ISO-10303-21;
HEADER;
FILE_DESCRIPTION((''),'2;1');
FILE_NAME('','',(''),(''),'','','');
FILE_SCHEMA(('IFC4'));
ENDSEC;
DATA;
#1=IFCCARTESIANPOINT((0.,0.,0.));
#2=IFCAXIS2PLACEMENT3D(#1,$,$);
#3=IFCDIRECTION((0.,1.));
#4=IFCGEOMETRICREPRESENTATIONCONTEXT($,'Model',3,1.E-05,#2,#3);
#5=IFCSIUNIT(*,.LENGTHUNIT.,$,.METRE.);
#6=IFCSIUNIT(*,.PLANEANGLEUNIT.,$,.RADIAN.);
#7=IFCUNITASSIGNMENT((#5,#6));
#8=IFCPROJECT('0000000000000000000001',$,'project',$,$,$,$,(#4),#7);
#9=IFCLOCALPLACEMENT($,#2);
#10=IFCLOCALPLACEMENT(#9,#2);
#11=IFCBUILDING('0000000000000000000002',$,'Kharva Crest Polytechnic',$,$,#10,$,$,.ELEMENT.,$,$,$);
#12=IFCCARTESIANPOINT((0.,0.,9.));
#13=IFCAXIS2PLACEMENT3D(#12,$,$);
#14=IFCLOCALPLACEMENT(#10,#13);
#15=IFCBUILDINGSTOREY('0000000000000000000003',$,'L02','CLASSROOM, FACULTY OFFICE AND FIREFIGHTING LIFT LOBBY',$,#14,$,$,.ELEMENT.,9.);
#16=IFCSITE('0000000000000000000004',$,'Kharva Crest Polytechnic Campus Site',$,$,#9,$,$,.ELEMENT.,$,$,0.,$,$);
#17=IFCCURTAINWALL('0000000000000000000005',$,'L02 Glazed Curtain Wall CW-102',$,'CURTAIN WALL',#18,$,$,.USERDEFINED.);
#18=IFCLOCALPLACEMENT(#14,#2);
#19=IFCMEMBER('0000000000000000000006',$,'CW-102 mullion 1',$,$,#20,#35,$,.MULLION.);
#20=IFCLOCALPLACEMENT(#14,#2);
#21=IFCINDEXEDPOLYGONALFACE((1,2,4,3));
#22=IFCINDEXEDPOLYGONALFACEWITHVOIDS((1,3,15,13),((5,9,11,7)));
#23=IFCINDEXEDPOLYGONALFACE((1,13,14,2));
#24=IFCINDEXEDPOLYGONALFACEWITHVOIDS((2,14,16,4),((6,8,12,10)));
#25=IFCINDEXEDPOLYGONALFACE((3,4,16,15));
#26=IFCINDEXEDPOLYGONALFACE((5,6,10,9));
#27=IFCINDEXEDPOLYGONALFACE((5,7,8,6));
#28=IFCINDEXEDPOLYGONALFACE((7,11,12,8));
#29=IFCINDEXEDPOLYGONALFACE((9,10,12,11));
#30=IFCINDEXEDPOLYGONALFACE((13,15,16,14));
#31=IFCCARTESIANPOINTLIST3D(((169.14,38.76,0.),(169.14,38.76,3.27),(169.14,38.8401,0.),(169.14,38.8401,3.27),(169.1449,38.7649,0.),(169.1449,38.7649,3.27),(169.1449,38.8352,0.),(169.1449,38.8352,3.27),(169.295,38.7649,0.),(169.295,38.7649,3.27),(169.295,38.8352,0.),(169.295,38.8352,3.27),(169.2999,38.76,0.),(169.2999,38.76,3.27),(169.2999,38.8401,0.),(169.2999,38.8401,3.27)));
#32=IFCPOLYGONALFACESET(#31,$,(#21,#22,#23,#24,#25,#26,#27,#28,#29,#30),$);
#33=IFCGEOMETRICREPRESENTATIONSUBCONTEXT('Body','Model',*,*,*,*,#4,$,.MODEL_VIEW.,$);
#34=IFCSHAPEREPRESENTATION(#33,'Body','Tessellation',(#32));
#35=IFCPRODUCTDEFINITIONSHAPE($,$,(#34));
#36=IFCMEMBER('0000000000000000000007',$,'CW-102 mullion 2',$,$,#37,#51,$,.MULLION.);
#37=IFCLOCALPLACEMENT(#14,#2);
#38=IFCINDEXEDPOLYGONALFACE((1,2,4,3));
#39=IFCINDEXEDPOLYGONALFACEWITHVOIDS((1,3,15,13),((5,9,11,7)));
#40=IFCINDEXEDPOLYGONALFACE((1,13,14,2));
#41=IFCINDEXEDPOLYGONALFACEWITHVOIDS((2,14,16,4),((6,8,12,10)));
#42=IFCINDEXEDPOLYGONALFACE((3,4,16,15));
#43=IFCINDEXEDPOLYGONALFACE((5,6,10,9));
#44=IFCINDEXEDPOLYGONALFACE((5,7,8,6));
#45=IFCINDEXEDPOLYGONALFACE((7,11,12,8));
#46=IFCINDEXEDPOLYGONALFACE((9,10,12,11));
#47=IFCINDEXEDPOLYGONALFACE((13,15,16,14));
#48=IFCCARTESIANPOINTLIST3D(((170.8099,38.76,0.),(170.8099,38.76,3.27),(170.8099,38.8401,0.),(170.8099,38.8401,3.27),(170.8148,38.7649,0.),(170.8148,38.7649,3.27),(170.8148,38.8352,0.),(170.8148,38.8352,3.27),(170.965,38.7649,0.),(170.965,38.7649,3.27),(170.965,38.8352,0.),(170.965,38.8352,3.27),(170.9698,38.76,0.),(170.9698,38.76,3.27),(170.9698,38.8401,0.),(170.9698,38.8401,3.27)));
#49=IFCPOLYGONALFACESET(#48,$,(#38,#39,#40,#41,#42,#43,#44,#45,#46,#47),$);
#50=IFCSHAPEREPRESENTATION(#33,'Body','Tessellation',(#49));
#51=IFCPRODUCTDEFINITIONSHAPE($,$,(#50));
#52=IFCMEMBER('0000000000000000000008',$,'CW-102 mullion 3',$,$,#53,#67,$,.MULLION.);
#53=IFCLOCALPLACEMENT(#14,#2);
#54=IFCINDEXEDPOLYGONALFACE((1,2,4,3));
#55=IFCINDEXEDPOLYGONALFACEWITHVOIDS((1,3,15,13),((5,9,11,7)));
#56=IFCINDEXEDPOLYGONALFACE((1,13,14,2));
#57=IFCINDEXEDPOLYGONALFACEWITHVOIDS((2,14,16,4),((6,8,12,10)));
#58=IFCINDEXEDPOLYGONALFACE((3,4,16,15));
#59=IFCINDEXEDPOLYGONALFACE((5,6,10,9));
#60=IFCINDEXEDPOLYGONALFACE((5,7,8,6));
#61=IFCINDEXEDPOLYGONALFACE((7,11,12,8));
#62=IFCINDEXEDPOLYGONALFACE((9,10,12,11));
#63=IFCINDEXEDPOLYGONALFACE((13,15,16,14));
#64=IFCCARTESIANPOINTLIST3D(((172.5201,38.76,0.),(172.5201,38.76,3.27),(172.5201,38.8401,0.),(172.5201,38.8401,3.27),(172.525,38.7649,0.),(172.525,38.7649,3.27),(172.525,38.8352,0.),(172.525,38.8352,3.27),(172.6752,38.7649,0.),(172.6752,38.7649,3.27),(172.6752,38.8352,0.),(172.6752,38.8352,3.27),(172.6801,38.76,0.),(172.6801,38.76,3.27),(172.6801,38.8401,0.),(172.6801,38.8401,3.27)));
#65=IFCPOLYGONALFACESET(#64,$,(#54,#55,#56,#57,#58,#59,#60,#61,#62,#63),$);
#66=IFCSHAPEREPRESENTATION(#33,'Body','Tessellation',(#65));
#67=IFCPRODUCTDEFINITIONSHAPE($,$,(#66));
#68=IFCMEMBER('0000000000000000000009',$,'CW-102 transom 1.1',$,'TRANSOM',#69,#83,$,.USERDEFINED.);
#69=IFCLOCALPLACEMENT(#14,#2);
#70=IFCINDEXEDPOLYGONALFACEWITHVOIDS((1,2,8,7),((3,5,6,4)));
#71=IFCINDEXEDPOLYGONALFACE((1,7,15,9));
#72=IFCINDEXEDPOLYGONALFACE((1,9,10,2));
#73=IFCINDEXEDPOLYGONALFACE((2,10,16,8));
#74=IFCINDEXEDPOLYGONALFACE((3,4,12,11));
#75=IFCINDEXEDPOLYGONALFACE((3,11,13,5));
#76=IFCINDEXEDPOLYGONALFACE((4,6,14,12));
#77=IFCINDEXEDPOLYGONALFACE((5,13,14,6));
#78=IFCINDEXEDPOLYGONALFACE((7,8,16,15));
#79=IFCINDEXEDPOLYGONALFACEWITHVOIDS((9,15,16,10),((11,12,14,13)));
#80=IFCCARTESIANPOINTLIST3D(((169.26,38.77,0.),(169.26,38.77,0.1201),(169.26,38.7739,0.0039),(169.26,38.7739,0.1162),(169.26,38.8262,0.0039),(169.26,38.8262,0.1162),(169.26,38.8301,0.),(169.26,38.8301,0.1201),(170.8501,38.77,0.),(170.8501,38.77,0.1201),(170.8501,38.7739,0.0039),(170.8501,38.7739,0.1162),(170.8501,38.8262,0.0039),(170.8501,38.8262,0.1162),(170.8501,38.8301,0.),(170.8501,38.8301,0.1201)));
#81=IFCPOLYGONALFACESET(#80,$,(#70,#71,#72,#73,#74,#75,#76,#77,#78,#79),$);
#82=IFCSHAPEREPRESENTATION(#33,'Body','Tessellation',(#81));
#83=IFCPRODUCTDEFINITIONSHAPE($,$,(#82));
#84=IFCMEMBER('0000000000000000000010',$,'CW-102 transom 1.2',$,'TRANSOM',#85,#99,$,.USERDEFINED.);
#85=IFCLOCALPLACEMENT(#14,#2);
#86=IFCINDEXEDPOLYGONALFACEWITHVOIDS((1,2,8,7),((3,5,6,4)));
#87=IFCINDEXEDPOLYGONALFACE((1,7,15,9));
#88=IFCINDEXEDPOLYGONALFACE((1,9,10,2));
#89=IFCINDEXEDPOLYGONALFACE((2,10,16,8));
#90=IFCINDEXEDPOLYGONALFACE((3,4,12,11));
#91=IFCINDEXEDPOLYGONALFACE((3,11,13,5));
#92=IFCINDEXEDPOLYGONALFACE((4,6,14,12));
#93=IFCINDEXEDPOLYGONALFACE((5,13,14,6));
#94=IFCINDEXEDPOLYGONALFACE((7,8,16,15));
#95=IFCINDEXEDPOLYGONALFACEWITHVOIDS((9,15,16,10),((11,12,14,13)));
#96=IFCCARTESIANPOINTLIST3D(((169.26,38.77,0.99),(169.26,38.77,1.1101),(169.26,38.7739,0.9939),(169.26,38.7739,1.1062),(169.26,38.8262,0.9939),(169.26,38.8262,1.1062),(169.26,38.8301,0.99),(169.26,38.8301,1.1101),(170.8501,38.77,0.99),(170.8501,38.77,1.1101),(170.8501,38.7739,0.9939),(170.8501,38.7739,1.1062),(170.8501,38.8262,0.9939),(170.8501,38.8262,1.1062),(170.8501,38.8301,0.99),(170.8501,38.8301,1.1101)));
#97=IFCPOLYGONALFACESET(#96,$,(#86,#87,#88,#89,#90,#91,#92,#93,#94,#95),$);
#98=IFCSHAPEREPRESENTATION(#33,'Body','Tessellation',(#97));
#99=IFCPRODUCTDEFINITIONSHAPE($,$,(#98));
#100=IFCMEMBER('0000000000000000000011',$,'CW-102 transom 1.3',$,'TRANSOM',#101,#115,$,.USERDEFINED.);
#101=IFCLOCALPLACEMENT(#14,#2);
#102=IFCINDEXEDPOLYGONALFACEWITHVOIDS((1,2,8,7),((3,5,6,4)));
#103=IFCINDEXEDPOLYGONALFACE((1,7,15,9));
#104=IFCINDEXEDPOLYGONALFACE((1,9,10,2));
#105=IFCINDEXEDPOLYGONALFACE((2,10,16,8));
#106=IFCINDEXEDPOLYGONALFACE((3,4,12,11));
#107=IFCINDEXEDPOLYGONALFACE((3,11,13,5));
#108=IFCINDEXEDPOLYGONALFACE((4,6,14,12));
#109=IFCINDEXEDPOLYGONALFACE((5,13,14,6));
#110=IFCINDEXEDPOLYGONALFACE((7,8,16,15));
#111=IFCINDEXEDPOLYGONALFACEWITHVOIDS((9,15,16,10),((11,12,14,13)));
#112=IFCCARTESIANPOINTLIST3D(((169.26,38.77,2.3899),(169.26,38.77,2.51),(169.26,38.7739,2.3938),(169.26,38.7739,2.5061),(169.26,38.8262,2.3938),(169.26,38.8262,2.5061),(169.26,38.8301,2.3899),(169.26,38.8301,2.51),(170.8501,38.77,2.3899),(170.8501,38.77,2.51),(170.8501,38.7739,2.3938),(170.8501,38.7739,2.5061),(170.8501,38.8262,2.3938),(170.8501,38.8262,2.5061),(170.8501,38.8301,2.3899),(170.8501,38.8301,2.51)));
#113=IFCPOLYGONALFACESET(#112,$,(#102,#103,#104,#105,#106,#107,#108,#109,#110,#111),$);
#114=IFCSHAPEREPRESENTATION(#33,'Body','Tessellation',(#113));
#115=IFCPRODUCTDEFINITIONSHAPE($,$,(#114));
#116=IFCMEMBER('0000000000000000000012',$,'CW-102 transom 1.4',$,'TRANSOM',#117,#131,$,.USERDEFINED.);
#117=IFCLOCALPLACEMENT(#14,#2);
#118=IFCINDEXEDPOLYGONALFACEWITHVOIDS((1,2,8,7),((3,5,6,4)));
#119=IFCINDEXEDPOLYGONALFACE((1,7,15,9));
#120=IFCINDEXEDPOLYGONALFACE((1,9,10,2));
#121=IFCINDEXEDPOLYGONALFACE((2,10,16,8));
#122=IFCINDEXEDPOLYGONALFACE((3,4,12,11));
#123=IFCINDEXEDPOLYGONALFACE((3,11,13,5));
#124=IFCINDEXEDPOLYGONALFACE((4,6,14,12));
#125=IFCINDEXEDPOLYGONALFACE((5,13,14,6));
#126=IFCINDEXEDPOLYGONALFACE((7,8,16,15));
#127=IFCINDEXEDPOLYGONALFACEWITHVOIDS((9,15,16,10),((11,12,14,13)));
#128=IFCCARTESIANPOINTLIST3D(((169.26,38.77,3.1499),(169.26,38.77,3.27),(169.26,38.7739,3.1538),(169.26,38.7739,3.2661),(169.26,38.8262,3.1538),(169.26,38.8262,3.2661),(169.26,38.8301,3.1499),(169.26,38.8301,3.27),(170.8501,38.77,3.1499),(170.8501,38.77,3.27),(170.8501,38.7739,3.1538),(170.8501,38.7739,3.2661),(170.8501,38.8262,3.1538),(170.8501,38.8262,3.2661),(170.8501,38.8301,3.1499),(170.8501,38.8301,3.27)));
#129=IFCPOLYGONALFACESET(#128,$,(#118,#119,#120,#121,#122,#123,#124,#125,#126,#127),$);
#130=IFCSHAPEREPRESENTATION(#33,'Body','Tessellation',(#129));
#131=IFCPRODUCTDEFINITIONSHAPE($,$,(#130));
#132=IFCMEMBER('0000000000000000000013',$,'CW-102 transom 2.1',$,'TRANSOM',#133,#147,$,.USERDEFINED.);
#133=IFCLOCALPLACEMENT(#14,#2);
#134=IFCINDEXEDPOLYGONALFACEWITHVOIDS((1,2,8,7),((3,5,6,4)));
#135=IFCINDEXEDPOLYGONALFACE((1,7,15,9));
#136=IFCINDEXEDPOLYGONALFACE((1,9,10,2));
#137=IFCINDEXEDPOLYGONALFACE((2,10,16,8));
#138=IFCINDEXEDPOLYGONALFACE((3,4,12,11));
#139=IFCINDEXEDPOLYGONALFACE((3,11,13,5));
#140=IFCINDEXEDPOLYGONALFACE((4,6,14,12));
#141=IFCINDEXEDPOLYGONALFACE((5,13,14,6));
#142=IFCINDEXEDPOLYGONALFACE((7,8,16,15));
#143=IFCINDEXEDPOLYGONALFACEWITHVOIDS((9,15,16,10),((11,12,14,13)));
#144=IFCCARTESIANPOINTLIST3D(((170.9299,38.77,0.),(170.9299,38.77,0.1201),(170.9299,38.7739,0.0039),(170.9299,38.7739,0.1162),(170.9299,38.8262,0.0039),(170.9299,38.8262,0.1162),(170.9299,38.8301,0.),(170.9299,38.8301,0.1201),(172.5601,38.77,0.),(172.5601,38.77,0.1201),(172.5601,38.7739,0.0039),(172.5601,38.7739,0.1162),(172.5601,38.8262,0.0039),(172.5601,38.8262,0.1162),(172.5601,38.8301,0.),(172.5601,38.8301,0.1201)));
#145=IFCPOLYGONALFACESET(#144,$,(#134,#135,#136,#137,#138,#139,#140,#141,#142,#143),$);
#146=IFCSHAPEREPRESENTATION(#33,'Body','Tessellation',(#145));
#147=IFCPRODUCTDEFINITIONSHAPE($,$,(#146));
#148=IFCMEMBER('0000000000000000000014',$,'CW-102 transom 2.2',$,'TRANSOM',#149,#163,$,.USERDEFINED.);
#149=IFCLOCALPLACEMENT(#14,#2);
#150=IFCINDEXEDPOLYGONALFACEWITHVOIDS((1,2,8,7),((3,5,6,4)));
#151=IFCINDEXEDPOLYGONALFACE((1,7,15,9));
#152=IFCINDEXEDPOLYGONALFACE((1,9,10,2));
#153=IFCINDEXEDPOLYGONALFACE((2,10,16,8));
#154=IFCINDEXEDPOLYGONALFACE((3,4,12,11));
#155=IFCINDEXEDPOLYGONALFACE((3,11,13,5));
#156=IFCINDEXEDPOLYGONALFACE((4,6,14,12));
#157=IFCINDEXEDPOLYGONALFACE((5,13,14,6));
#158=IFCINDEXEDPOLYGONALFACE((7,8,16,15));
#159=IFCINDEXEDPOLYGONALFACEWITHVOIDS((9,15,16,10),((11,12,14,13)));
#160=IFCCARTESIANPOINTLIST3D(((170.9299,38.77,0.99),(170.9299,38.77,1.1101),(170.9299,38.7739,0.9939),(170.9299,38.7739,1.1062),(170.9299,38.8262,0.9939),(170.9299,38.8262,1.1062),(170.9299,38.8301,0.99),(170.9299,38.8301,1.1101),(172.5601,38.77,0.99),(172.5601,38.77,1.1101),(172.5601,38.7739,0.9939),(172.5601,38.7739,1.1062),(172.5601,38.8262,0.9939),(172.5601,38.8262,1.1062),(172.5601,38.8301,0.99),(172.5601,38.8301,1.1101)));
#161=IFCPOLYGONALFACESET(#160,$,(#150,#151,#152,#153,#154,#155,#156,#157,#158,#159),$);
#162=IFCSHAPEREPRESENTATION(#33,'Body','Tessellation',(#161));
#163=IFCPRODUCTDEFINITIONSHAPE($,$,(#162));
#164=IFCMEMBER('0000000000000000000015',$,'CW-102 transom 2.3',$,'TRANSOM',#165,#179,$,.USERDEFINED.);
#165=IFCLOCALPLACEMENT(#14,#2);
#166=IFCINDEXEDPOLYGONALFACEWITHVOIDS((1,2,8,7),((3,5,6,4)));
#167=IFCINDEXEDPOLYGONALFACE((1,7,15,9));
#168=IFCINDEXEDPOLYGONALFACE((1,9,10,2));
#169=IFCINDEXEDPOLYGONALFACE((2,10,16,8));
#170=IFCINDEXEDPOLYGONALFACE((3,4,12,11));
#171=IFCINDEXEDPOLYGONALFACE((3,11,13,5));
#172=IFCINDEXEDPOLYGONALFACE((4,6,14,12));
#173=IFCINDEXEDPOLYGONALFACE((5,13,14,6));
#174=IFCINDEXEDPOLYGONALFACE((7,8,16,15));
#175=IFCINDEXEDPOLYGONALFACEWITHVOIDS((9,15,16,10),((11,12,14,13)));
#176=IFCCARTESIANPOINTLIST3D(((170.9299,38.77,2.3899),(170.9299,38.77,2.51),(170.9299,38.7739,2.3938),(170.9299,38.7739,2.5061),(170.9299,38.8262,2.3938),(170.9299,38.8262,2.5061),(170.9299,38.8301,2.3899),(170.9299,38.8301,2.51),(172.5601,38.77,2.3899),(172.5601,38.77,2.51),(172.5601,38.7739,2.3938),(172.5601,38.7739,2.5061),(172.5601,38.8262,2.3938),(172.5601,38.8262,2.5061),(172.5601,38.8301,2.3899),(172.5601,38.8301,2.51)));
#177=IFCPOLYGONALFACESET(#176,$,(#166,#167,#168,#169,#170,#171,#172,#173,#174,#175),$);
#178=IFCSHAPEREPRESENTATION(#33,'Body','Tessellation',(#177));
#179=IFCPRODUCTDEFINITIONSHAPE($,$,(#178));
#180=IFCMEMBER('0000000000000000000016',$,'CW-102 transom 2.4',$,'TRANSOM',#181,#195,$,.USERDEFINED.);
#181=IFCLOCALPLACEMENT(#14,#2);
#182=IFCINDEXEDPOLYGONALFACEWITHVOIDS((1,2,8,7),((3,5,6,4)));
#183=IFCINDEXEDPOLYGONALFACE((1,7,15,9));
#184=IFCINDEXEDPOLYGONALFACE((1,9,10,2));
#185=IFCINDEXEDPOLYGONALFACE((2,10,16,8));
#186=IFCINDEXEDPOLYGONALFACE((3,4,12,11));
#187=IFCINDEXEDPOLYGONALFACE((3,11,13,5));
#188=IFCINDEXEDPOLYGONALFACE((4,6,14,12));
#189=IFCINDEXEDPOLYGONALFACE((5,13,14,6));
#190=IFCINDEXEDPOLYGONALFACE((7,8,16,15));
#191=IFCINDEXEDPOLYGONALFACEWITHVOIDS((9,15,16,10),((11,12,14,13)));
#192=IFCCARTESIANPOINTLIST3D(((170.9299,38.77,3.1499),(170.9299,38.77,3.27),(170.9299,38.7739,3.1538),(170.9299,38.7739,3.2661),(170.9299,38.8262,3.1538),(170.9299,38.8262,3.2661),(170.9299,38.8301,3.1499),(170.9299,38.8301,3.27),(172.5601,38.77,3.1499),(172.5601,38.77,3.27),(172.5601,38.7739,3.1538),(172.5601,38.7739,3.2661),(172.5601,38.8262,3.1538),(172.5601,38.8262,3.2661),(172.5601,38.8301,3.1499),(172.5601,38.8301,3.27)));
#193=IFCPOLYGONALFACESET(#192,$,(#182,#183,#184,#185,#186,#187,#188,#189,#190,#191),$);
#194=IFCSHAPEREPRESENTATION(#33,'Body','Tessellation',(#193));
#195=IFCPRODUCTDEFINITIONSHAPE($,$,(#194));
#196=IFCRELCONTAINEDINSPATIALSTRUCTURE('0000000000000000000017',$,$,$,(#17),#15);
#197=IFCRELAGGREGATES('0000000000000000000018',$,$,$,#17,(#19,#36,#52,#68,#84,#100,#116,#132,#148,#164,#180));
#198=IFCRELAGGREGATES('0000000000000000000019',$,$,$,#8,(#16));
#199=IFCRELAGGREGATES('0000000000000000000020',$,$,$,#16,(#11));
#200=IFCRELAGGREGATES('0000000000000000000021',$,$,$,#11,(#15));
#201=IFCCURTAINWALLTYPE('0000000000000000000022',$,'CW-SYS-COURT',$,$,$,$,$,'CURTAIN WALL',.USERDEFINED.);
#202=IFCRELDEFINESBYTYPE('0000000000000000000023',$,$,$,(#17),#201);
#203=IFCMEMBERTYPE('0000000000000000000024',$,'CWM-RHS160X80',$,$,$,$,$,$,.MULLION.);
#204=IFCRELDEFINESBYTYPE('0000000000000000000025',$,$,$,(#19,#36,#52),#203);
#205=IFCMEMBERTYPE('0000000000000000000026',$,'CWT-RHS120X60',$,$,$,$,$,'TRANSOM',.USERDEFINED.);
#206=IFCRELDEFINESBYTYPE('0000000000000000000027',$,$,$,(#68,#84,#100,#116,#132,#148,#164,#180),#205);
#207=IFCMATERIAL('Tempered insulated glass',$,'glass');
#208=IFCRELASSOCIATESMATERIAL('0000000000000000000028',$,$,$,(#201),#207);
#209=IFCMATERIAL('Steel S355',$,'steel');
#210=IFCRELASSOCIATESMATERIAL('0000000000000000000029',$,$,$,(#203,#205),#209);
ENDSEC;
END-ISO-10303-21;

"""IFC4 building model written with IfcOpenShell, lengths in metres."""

from ifc_helpers import new_model, si_unit, direction, frame, origin, origin_2d, place, context, subcontext, project, spatial, hollow_rectangle, extrude, material, material_profile, profile_set, type_object, element, aggregate, save


model = new_model("IFC4")

# Units and contexts
model_context = context("Model", 3, precision=1e-05, world=origin(), true_north=direction((0.0, 1.0)))
body_context = subcontext(model_context, "Body", "Model", "MODEL_VIEW")
ifc_project = project(units=[si_unit("LENGTHUNIT", "METRE"), si_unit("PLANEANGLEUNIT", "RADIAN")], contexts=[model_context])

# Site, building, storey
site_placement = place(None, origin())
site = spatial("IfcSite", under=ifc_project, at=site_placement, Name="Kharva Crest Polytechnic Campus Site", CompositionType="ELEMENT", RefElevation=0.0)
building_placement = place(site_placement, origin())
building = spatial("IfcBuilding", under=site, at=building_placement, Name="Kharva Crest Polytechnic", CompositionType="ELEMENT")
storey_placement = place(building_placement, frame((0.0, 0.0, 9.0)))
storey = spatial("IfcBuildingStorey", under=building, at=storey_placement, Name="L02", Description="CLASSROOM, FACULTY OFFICE AND FIREFIGHTING LIFT LOBBY", CompositionType="ELEMENT", Elevation=9.0)

# Curtain wall, members
ifc_material_1 = material(Name="Tempered insulated glass", Category="glass")
curtain_wall_type = type_object("IfcCurtainWallType", Name="CW-SYS-COURT", ElementType="CURTAIN WALL", PredefinedType="USERDEFINED", material=ifc_material_1)
curtain_wall_placement = place(storey_placement, origin())
curtain_wall = element("IfcCurtainWall", 1, at=curtain_wall_placement, inside=storey, type_object=curtain_wall_type, Name="L02 Glazed Curtain Wall CW-102", ObjectType="CURTAIN WALL", PredefinedType="USERDEFINED")
ifc_material_2 = material(Name="Steel S355", Category="steel")
ifc_material_profile_1 = material_profile(ifc_material_2, hollow_rectangle(XDim=0.0801, YDim=0.1599, WallThickness=0.0049, at=origin_2d()), Name="RHS 160X80X5.0")
ifc_profile_set_1 = profile_set([ifc_material_profile_1], Name="Steel S355")
member_type_1 = type_object("IfcMemberType", Name="CWM-RHS160X80", PredefinedType="MULLION", material=ifc_profile_set_1)
member_1_placement = place(storey_placement, frame((169.22, 38.8, 0.0), z_axis=(0.0, 0.0, 1.0), x_axis=(0.0, 1.0, 0.0)))
member_1 = element("IfcMember", 2, at=member_1_placement, type_object=member_type_1, Name="CW-102 mullion 1", PredefinedType="MULLION", context=body_context, shape_type="SweptSolid", body=[
    extrude(hollow_rectangle(XDim=0.0801, YDim=0.1599, WallThickness=0.0049, at=origin_2d()), origin(), (0.0, 0.0, 1.0), 3.27),
])
member_2_placement = place(storey_placement, frame((170.8899, 38.8, 0.0), z_axis=(0.0, 0.0, 1.0), x_axis=(0.0, 1.0, 0.0)))
member_2 = element("IfcMember", 3, at=member_2_placement, type_object=member_type_1, Name="CW-102 mullion 2", PredefinedType="MULLION", context=body_context, shape_type="SweptSolid", body=[
    extrude(hollow_rectangle(XDim=0.0801, YDim=0.1599, WallThickness=0.0049, at=origin_2d()), origin(), (0.0, 0.0, 1.0), 3.27),
])
member_3_placement = place(storey_placement, frame((172.6001, 38.8, 0.0), z_axis=(0.0, 0.0, 1.0), x_axis=(0.0, 1.0, 0.0)))
member_3 = element("IfcMember", 4, at=member_3_placement, type_object=member_type_1, Name="CW-102 mullion 3", PredefinedType="MULLION", context=body_context, shape_type="SweptSolid", body=[
    extrude(hollow_rectangle(XDim=0.0801, YDim=0.1599, WallThickness=0.0049, at=origin_2d()), origin(), (0.0, 0.0, 1.0), 3.27),
])
ifc_material_profile_2 = material_profile(ifc_material_2, hollow_rectangle(XDim=0.0601, YDim=0.1201, WallThickness=0.0039, at=origin_2d()), Name="RHS 120X60X4.0")
ifc_profile_set_2 = profile_set([ifc_material_profile_2], Name="Steel S355")
member_type_2 = type_object("IfcMemberType", Name="CWT-RHS120X60", ElementType="TRANSOM", PredefinedType="USERDEFINED", material=ifc_profile_set_2)
member_4_placement = place(storey_placement, frame((169.26, 38.8, 0.0601), z_axis=(1.0, 0.0, 0.0), x_axis=(0.0, 1.0, 0.0)))
member_4 = element("IfcMember", 5, at=member_4_placement, type_object=member_type_2, Name="CW-102 transom 1.1", ObjectType="TRANSOM", PredefinedType="USERDEFINED", context=body_context, shape_type="SweptSolid", body=[
    extrude(hollow_rectangle(XDim=0.0601, YDim=0.1201, WallThickness=0.0039, at=origin_2d()), origin(), (0.0, 0.0, 1.0), 1.5901),
])
member_5_placement = place(storey_placement, frame((169.26, 38.8, 1.05), z_axis=(1.0, 0.0, 0.0), x_axis=(0.0, 1.0, 0.0)))
member_5 = element("IfcMember", 6, at=member_5_placement, type_object=member_type_2, Name="CW-102 transom 1.2", ObjectType="TRANSOM", PredefinedType="USERDEFINED", context=body_context, shape_type="SweptSolid", body=[
    extrude(hollow_rectangle(XDim=0.0601, YDim=0.1201, WallThickness=0.0039, at=origin_2d()), origin(), (0.0, 0.0, 1.0), 1.5901),
])
member_6_placement = place(storey_placement, frame((169.26, 38.8, 2.45), z_axis=(1.0, 0.0, 0.0), x_axis=(0.0, 1.0, 0.0)))
member_6 = element("IfcMember", 7, at=member_6_placement, type_object=member_type_2, Name="CW-102 transom 1.3", ObjectType="TRANSOM", PredefinedType="USERDEFINED", context=body_context, shape_type="SweptSolid", body=[
    extrude(hollow_rectangle(XDim=0.0601, YDim=0.1201, WallThickness=0.0039, at=origin_2d()), origin(), (0.0, 0.0, 1.0), 1.5901),
])
member_7_placement = place(storey_placement, frame((169.26, 38.8, 3.21), z_axis=(1.0, 0.0, 0.0), x_axis=(0.0, 1.0, 0.0)))
member_7 = element("IfcMember", 8, at=member_7_placement, type_object=member_type_2, Name="CW-102 transom 1.4", ObjectType="TRANSOM", PredefinedType="USERDEFINED", context=body_context, shape_type="SweptSolid", body=[
    extrude(hollow_rectangle(XDim=0.0601, YDim=0.1201, WallThickness=0.0039, at=origin_2d()), origin(), (0.0, 0.0, 1.0), 1.5901),
])
member_8_placement = place(storey_placement, frame((170.9299, 38.8, 0.0601), z_axis=(1.0, 0.0, 0.0), x_axis=(0.0, 1.0, 0.0)))
member_8 = element("IfcMember", 9, at=member_8_placement, type_object=member_type_2, Name="CW-102 transom 2.1", ObjectType="TRANSOM", PredefinedType="USERDEFINED", context=body_context, shape_type="SweptSolid", body=[
    extrude(hollow_rectangle(XDim=0.0601, YDim=0.1201, WallThickness=0.0039, at=origin_2d()), origin(), (0.0, 0.0, 1.0), 1.6301),
])
member_9_placement = place(storey_placement, frame((170.9299, 38.8, 1.05), z_axis=(1.0, 0.0, 0.0), x_axis=(0.0, 1.0, 0.0)))
member_9 = element("IfcMember", 10, at=member_9_placement, type_object=member_type_2, Name="CW-102 transom 2.2", ObjectType="TRANSOM", PredefinedType="USERDEFINED", context=body_context, shape_type="SweptSolid", body=[
    extrude(hollow_rectangle(XDim=0.0601, YDim=0.1201, WallThickness=0.0039, at=origin_2d()), origin(), (0.0, 0.0, 1.0), 1.6301),
])
member_10_placement = place(storey_placement, frame((170.9299, 38.8, 2.45), z_axis=(1.0, 0.0, 0.0), x_axis=(0.0, 1.0, 0.0)))
member_10 = element("IfcMember", 11, at=member_10_placement, type_object=member_type_2, Name="CW-102 transom 2.3", ObjectType="TRANSOM", PredefinedType="USERDEFINED", context=body_context, shape_type="SweptSolid", body=[
    extrude(hollow_rectangle(XDim=0.0601, YDim=0.1201, WallThickness=0.0039, at=origin_2d()), origin(), (0.0, 0.0, 1.0), 1.6301),
])
member_11_placement = place(storey_placement, frame((170.9299, 38.8, 3.21), z_axis=(1.0, 0.0, 0.0), x_axis=(0.0, 1.0, 0.0)))
member_11 = element("IfcMember", 12, at=member_11_placement, type_object=member_type_2, Name="CW-102 transom 2.4", ObjectType="TRANSOM", PredefinedType="USERDEFINED", context=body_context, shape_type="SweptSolid", body=[
    extrude(hollow_rectangle(XDim=0.0601, YDim=0.1201, WallThickness=0.0039, at=origin_2d()), origin(), (0.0, 0.0, 1.0), 1.6301),
])

aggregate(curtain_wall, [member_1, member_2, member_3, member_4, member_5, member_6, member_7, member_8, member_9, member_10, member_11])

save(model, "model.ifc")
